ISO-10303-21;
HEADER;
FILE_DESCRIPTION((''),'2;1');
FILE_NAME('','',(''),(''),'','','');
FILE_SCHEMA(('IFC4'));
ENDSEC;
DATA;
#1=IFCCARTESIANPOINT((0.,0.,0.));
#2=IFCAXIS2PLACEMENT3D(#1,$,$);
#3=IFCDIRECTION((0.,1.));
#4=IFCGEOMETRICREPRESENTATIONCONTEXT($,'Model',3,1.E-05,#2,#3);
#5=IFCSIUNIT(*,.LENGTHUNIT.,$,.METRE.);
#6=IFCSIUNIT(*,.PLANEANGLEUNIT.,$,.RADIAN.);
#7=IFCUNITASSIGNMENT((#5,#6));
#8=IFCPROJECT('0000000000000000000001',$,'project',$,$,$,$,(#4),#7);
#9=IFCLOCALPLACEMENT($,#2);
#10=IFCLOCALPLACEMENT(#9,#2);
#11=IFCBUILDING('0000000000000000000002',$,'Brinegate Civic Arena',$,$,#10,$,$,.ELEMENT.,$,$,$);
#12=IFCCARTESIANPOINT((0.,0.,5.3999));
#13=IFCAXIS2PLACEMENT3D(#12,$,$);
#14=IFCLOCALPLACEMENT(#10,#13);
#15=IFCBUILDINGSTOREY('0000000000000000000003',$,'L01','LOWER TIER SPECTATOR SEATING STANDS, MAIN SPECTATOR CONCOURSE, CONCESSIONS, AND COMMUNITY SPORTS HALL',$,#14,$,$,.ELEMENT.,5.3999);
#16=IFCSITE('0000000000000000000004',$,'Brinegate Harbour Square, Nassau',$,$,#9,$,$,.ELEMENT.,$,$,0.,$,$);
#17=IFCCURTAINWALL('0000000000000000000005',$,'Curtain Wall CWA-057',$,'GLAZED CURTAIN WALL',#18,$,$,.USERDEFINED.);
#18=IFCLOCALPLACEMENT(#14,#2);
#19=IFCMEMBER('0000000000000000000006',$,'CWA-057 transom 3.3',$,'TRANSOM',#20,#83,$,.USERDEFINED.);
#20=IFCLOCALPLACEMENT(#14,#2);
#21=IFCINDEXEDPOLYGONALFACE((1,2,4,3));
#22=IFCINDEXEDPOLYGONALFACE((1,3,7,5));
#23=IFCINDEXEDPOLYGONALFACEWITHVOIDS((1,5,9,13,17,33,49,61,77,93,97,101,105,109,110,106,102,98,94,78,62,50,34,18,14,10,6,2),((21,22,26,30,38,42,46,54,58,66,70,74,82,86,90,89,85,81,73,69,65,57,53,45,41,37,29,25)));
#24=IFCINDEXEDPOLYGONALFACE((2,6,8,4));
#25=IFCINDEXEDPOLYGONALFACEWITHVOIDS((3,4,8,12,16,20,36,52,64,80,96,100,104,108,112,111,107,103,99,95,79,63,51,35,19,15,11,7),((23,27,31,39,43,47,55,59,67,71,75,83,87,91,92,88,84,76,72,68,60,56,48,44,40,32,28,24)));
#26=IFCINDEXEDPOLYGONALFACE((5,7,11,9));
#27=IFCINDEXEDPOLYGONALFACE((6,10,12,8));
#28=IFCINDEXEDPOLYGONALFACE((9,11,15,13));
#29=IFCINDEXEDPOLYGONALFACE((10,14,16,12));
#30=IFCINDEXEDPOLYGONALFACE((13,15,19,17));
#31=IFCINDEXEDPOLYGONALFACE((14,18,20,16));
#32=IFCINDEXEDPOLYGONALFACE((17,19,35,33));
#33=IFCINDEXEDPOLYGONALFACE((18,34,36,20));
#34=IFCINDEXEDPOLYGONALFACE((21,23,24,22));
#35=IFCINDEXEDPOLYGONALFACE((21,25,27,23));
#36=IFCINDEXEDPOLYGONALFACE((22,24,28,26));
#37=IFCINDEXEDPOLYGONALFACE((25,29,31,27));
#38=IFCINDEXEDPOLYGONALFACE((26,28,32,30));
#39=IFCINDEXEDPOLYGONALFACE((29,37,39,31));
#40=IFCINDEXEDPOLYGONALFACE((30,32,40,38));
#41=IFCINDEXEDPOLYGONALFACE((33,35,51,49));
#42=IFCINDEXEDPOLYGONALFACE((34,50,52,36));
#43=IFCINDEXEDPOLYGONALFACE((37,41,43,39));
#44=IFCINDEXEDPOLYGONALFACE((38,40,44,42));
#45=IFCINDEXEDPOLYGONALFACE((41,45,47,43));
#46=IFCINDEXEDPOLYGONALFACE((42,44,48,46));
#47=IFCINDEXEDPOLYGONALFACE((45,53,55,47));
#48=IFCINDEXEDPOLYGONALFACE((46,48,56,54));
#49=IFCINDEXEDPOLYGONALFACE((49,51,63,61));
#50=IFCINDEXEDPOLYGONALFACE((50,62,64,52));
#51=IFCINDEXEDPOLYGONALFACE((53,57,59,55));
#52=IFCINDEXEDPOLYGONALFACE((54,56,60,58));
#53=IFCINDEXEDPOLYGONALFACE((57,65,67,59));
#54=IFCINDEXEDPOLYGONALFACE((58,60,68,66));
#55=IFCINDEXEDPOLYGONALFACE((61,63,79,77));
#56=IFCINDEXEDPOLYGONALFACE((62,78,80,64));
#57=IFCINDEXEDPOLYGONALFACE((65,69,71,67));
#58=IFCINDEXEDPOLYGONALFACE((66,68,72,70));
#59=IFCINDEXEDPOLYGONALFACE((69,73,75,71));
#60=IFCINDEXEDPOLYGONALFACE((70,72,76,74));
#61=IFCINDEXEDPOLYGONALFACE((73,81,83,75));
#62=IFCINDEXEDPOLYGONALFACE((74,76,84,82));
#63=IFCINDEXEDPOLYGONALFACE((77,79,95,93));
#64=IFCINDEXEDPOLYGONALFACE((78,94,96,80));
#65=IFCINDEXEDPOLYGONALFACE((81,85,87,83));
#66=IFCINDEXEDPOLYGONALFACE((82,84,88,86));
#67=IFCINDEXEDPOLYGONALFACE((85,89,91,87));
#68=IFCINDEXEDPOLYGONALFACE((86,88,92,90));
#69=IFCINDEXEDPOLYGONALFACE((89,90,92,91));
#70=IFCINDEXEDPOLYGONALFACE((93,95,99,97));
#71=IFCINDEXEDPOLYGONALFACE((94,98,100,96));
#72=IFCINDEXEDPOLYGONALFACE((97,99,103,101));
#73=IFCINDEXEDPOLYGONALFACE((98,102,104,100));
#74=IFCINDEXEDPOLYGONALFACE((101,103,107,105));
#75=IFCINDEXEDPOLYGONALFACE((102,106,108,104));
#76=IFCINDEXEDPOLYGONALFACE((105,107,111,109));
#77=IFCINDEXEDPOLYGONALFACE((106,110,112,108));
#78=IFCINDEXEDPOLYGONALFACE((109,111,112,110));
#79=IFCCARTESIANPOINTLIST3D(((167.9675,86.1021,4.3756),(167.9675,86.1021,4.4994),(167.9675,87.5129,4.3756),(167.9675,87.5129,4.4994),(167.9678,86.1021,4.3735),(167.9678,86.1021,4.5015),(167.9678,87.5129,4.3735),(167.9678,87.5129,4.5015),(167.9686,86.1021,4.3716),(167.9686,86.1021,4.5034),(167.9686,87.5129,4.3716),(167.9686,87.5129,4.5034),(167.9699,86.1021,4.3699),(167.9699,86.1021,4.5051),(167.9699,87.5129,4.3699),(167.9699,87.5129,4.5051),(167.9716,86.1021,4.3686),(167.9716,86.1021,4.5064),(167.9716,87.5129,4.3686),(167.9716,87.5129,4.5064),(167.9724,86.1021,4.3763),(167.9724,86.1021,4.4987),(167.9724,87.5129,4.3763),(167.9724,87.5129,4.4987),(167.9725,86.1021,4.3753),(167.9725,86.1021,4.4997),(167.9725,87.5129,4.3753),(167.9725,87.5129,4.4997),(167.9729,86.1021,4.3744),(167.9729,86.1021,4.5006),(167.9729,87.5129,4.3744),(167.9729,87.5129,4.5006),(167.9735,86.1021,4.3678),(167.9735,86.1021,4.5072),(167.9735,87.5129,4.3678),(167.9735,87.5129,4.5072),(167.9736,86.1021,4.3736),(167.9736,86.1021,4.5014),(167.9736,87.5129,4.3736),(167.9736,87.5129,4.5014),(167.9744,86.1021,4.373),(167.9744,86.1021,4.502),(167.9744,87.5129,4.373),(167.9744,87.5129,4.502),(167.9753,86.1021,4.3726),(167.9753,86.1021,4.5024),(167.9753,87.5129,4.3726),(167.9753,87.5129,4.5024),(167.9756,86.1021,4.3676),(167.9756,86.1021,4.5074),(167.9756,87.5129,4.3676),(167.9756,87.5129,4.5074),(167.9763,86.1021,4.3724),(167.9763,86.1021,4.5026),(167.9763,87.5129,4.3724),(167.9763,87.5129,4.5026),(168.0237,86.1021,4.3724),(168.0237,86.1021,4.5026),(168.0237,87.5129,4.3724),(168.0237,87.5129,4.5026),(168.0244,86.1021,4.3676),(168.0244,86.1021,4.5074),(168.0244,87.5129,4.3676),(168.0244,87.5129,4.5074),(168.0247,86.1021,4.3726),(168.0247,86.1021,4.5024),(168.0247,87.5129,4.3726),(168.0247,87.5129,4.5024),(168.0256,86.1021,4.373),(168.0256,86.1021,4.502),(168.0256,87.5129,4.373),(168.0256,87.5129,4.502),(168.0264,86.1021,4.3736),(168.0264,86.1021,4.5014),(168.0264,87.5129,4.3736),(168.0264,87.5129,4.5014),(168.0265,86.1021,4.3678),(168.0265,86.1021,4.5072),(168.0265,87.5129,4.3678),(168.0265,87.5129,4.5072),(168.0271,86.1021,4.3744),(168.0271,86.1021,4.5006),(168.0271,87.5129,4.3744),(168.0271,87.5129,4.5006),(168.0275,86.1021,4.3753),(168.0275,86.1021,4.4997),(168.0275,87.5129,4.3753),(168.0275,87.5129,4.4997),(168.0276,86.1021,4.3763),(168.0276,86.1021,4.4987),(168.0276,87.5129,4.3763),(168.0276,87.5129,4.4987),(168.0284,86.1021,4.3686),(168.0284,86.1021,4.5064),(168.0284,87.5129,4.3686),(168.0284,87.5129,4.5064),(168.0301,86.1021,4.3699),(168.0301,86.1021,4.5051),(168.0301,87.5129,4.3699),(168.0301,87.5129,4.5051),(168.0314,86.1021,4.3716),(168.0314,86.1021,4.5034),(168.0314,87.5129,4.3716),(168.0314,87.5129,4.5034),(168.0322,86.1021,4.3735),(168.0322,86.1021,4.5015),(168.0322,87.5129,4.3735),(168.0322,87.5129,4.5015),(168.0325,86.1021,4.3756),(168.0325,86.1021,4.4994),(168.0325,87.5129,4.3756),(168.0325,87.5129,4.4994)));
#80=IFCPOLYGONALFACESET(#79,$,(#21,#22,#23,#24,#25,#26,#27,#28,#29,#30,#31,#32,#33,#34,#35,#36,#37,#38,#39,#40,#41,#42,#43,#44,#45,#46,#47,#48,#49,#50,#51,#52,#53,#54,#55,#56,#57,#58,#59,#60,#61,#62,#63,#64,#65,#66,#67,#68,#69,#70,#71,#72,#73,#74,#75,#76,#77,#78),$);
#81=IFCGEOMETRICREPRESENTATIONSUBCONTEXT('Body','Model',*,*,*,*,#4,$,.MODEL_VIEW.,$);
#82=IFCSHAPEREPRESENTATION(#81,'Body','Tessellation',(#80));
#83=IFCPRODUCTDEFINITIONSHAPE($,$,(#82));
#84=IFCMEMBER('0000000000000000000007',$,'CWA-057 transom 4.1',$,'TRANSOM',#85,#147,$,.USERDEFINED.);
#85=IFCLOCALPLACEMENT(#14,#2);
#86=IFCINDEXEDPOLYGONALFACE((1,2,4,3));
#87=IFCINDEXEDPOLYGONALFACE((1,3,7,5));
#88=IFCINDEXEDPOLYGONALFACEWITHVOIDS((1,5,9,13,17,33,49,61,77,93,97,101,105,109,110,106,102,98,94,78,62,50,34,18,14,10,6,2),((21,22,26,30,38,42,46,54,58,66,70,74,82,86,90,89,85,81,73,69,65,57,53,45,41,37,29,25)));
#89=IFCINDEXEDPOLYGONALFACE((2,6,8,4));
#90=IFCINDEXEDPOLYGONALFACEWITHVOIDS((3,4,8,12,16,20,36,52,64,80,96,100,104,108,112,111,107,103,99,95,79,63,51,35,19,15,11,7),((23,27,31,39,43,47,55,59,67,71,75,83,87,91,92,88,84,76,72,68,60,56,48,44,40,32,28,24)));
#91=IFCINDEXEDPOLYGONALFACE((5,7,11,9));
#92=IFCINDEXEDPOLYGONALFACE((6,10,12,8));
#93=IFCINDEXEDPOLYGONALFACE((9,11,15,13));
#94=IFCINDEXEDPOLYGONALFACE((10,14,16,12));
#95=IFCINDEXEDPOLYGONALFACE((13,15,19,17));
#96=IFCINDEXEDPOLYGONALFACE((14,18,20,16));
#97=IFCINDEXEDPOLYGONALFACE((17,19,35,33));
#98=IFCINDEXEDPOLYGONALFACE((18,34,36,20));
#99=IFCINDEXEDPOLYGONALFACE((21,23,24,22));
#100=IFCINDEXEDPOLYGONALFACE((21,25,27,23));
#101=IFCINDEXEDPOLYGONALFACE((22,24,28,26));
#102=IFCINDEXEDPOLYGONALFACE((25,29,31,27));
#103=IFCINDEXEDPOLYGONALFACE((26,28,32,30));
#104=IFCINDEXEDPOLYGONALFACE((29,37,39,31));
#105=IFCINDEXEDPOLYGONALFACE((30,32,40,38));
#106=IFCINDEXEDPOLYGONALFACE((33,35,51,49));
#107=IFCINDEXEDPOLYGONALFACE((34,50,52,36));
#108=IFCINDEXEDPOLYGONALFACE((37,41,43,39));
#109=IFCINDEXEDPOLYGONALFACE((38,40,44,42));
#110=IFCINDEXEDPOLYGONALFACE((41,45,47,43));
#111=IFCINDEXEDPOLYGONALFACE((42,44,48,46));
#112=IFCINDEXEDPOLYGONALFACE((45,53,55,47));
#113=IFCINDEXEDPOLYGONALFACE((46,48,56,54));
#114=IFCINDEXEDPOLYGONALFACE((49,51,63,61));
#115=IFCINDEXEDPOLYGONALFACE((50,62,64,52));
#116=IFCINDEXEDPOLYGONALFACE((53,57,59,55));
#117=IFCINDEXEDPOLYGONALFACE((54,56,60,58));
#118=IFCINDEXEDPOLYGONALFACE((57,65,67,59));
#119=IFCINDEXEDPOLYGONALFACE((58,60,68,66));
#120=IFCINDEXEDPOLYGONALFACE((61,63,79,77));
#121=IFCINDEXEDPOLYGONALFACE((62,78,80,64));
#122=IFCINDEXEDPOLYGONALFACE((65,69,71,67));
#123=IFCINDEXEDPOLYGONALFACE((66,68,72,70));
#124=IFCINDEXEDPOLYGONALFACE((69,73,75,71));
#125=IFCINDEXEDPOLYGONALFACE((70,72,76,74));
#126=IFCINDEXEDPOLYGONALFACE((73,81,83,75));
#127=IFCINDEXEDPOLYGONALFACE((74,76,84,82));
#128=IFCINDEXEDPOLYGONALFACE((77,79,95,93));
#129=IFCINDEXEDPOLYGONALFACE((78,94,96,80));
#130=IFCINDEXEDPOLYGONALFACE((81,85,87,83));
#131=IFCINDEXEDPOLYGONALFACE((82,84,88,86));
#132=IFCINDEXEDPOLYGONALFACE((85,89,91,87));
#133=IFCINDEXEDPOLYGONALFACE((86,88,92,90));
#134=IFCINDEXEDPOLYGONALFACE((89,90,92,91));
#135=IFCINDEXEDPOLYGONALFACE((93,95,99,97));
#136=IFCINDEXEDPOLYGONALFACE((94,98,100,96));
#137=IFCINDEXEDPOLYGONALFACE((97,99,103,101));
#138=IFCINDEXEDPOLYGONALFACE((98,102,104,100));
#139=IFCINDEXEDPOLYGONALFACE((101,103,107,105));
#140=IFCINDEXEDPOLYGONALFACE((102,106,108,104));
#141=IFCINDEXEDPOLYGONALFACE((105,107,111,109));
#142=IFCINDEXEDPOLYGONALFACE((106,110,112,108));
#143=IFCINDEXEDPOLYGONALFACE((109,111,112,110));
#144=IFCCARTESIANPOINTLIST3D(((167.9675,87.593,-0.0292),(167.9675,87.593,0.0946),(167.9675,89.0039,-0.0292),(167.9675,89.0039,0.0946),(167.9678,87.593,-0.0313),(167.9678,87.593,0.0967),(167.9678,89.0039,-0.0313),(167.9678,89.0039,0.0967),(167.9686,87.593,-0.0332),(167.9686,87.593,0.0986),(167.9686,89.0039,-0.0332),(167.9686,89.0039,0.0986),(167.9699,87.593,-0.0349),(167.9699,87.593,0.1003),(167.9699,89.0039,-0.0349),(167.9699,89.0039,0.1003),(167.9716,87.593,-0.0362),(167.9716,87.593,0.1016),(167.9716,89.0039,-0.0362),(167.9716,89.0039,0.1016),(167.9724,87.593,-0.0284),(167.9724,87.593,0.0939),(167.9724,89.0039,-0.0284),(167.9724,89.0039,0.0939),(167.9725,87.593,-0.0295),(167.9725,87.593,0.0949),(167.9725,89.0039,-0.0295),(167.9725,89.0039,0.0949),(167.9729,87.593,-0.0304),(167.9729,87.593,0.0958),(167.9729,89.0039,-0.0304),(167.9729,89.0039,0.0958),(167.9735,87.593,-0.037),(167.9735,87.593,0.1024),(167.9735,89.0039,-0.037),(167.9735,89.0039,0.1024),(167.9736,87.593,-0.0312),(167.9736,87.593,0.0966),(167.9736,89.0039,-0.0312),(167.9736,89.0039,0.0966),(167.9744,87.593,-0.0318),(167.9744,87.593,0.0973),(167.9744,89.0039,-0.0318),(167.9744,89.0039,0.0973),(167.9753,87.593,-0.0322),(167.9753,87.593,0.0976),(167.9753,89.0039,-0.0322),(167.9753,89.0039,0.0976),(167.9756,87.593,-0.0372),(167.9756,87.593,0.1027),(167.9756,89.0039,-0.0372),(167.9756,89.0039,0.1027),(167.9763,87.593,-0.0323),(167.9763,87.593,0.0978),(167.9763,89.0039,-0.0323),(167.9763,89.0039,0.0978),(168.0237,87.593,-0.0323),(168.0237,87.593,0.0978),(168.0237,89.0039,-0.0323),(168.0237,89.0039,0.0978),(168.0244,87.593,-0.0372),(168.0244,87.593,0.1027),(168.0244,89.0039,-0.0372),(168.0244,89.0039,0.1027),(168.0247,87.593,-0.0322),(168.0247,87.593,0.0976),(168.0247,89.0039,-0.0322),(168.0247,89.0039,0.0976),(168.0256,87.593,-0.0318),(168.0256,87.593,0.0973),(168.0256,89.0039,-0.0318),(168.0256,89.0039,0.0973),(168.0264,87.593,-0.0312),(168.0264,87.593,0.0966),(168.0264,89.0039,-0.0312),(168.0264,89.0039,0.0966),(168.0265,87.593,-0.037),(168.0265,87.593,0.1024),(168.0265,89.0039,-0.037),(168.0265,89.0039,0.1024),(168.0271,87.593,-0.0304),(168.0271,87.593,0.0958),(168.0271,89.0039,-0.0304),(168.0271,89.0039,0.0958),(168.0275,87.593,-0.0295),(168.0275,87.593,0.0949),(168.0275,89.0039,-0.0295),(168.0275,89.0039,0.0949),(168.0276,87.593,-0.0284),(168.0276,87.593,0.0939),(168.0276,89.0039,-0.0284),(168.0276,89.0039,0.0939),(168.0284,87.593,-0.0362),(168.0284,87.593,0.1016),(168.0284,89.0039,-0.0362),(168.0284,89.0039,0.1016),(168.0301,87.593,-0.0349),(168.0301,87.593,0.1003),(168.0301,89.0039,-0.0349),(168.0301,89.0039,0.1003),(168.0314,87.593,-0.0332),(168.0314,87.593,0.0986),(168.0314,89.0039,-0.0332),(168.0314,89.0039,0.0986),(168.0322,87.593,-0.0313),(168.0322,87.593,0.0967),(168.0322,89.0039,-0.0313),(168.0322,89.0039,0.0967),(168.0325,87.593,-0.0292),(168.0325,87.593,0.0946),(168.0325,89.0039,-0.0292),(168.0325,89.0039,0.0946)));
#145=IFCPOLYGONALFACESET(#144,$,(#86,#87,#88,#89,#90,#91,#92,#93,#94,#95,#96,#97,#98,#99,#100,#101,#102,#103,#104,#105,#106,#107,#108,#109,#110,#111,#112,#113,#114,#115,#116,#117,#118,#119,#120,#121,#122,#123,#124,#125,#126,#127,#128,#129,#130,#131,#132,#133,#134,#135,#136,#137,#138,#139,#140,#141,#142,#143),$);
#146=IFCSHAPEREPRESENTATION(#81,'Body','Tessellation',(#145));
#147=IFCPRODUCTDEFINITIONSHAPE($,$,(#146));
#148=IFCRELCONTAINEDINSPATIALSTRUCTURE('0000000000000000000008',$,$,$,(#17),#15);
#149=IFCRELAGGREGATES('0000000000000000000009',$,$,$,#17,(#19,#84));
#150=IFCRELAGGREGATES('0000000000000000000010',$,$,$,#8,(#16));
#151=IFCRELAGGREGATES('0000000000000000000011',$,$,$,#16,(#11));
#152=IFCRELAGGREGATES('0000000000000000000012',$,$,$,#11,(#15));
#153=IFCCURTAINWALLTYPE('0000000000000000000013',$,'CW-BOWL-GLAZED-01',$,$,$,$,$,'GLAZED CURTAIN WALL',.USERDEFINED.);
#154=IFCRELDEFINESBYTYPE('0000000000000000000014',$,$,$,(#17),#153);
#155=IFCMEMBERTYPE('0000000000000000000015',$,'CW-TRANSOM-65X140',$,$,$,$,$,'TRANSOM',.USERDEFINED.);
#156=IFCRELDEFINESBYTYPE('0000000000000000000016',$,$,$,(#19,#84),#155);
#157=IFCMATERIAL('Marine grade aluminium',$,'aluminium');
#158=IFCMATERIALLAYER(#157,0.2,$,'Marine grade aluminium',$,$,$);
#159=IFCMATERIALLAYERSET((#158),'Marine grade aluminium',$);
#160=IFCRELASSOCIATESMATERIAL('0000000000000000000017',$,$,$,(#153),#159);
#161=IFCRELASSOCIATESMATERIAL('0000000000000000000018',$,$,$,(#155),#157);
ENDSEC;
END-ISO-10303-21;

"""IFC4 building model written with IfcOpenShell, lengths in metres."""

from ifc_helpers import new_model, si_unit, direction, frame, origin, origin_2d, place, context, subcontext, project, spatial, hollow_rectangle, extrude, material, layer, layer_set, material_profile, profile_set, type_object, element, aggregate, save


model = new_model("IFC4")

# Units and contexts
model_context = context("Model", 3, precision=1e-05, world=origin(), true_north=direction((0.0, 1.0)))
body_context = subcontext(model_context, "Body", "Model", "MODEL_VIEW")
ifc_project = project(units=[si_unit("LENGTHUNIT", "METRE"), si_unit("PLANEANGLEUNIT", "RADIAN")], contexts=[model_context])

# Site, building, storey
site_placement = place(None, origin())
site = spatial("IfcSite", under=ifc_project, at=site_placement, Name="Brinegate Harbour Square, Nassau", CompositionType="ELEMENT", RefElevation=0.0)
building_placement = place(site_placement, origin())
building = spatial("IfcBuilding", under=site, at=building_placement, Name="Brinegate Civic Arena", CompositionType="ELEMENT")
storey_placement = place(building_placement, frame((0.0, 0.0, 5.3999)))
storey = spatial("IfcBuildingStorey", under=building, at=storey_placement, Name="L01", Description="LOWER TIER SPECTATOR SEATING STANDS, MAIN SPECTATOR CONCOURSE, CONCESSIONS, AND COMMUNITY SPORTS HALL", CompositionType="ELEMENT", Elevation=5.3999)

# Curtain wall, members
ifc_material_1 = material(Name="Marine grade aluminium", Category="aluminium")
ifc_layer_1 = layer(ifc_material_1, 0.2, Name="Marine grade aluminium")
ifc_layer_set_1 = layer_set([ifc_layer_1], Name="Marine grade aluminium")
curtain_wall_type = type_object("IfcCurtainWallType", Name="CW-BOWL-GLAZED-01", ElementType="GLAZED CURTAIN WALL", PredefinedType="USERDEFINED", material=ifc_layer_set_1)
curtain_wall_placement = place(storey_placement, origin())
curtain_wall = element("IfcCurtainWall", 1, at=curtain_wall_placement, inside=storey, type_object=curtain_wall_type, Name="Curtain Wall CWA-057", ObjectType="GLAZED CURTAIN WALL", PredefinedType="USERDEFINED")
ifc_material_profile_1 = material_profile(ifc_material_1, hollow_rectangle(XDim=0.0649, YDim=0.1399, WallThickness=0.0049, InnerFilletRadius=0.0039, OuterFilletRadius=0.0081, at=origin_2d()), Name="TRN65X140")
ifc_profile_set_1 = profile_set([ifc_material_profile_1], Name="Marine grade aluminium")
member_type_1 = type_object("IfcMemberType", Name="CW-TRANSOM-65X140", ElementType="TRANSOM", PredefinedType="USERDEFINED", material=ifc_profile_set_1)
member_1_placement = place(storey_placement, frame((168.0, 86.1021, 4.4375), z_axis=(0.0, 1.0, 0.0), x_axis=(-1.0, 0.0, 0.0)))
member_1 = element("IfcMember", 2, at=member_1_placement, type_object=member_type_1, Name="CWA-057 transom 3.3", ObjectType="TRANSOM", PredefinedType="USERDEFINED", context=body_context, shape_type="SweptSolid", body=[
    extrude(hollow_rectangle(XDim=0.0649, YDim=0.1399, WallThickness=0.0049, InnerFilletRadius=0.0039, OuterFilletRadius=0.0081, at=origin_2d()), origin(), (0.0, 0.0, 1.0), 1.4109),
])
member_2_placement = place(storey_placement, frame((168.0, 87.593, 0.0327), z_axis=(0.0, 1.0, 0.0), x_axis=(-1.0, 0.0, 0.0)))
member_2 = element("IfcMember", 3, at=member_2_placement, type_object=member_type_1, Name="CWA-057 transom 4.1", ObjectType="TRANSOM", PredefinedType="USERDEFINED", context=body_context, shape_type="SweptSolid", body=[
    extrude(hollow_rectangle(XDim=0.0649, YDim=0.1399, WallThickness=0.0049, InnerFilletRadius=0.0039, OuterFilletRadius=0.0081, at=origin_2d()), origin(), (0.0, 0.0, 1.0), 1.4109),
])
aggregate(curtain_wall, [member_1, member_2])

save(model, "model.ifc")
